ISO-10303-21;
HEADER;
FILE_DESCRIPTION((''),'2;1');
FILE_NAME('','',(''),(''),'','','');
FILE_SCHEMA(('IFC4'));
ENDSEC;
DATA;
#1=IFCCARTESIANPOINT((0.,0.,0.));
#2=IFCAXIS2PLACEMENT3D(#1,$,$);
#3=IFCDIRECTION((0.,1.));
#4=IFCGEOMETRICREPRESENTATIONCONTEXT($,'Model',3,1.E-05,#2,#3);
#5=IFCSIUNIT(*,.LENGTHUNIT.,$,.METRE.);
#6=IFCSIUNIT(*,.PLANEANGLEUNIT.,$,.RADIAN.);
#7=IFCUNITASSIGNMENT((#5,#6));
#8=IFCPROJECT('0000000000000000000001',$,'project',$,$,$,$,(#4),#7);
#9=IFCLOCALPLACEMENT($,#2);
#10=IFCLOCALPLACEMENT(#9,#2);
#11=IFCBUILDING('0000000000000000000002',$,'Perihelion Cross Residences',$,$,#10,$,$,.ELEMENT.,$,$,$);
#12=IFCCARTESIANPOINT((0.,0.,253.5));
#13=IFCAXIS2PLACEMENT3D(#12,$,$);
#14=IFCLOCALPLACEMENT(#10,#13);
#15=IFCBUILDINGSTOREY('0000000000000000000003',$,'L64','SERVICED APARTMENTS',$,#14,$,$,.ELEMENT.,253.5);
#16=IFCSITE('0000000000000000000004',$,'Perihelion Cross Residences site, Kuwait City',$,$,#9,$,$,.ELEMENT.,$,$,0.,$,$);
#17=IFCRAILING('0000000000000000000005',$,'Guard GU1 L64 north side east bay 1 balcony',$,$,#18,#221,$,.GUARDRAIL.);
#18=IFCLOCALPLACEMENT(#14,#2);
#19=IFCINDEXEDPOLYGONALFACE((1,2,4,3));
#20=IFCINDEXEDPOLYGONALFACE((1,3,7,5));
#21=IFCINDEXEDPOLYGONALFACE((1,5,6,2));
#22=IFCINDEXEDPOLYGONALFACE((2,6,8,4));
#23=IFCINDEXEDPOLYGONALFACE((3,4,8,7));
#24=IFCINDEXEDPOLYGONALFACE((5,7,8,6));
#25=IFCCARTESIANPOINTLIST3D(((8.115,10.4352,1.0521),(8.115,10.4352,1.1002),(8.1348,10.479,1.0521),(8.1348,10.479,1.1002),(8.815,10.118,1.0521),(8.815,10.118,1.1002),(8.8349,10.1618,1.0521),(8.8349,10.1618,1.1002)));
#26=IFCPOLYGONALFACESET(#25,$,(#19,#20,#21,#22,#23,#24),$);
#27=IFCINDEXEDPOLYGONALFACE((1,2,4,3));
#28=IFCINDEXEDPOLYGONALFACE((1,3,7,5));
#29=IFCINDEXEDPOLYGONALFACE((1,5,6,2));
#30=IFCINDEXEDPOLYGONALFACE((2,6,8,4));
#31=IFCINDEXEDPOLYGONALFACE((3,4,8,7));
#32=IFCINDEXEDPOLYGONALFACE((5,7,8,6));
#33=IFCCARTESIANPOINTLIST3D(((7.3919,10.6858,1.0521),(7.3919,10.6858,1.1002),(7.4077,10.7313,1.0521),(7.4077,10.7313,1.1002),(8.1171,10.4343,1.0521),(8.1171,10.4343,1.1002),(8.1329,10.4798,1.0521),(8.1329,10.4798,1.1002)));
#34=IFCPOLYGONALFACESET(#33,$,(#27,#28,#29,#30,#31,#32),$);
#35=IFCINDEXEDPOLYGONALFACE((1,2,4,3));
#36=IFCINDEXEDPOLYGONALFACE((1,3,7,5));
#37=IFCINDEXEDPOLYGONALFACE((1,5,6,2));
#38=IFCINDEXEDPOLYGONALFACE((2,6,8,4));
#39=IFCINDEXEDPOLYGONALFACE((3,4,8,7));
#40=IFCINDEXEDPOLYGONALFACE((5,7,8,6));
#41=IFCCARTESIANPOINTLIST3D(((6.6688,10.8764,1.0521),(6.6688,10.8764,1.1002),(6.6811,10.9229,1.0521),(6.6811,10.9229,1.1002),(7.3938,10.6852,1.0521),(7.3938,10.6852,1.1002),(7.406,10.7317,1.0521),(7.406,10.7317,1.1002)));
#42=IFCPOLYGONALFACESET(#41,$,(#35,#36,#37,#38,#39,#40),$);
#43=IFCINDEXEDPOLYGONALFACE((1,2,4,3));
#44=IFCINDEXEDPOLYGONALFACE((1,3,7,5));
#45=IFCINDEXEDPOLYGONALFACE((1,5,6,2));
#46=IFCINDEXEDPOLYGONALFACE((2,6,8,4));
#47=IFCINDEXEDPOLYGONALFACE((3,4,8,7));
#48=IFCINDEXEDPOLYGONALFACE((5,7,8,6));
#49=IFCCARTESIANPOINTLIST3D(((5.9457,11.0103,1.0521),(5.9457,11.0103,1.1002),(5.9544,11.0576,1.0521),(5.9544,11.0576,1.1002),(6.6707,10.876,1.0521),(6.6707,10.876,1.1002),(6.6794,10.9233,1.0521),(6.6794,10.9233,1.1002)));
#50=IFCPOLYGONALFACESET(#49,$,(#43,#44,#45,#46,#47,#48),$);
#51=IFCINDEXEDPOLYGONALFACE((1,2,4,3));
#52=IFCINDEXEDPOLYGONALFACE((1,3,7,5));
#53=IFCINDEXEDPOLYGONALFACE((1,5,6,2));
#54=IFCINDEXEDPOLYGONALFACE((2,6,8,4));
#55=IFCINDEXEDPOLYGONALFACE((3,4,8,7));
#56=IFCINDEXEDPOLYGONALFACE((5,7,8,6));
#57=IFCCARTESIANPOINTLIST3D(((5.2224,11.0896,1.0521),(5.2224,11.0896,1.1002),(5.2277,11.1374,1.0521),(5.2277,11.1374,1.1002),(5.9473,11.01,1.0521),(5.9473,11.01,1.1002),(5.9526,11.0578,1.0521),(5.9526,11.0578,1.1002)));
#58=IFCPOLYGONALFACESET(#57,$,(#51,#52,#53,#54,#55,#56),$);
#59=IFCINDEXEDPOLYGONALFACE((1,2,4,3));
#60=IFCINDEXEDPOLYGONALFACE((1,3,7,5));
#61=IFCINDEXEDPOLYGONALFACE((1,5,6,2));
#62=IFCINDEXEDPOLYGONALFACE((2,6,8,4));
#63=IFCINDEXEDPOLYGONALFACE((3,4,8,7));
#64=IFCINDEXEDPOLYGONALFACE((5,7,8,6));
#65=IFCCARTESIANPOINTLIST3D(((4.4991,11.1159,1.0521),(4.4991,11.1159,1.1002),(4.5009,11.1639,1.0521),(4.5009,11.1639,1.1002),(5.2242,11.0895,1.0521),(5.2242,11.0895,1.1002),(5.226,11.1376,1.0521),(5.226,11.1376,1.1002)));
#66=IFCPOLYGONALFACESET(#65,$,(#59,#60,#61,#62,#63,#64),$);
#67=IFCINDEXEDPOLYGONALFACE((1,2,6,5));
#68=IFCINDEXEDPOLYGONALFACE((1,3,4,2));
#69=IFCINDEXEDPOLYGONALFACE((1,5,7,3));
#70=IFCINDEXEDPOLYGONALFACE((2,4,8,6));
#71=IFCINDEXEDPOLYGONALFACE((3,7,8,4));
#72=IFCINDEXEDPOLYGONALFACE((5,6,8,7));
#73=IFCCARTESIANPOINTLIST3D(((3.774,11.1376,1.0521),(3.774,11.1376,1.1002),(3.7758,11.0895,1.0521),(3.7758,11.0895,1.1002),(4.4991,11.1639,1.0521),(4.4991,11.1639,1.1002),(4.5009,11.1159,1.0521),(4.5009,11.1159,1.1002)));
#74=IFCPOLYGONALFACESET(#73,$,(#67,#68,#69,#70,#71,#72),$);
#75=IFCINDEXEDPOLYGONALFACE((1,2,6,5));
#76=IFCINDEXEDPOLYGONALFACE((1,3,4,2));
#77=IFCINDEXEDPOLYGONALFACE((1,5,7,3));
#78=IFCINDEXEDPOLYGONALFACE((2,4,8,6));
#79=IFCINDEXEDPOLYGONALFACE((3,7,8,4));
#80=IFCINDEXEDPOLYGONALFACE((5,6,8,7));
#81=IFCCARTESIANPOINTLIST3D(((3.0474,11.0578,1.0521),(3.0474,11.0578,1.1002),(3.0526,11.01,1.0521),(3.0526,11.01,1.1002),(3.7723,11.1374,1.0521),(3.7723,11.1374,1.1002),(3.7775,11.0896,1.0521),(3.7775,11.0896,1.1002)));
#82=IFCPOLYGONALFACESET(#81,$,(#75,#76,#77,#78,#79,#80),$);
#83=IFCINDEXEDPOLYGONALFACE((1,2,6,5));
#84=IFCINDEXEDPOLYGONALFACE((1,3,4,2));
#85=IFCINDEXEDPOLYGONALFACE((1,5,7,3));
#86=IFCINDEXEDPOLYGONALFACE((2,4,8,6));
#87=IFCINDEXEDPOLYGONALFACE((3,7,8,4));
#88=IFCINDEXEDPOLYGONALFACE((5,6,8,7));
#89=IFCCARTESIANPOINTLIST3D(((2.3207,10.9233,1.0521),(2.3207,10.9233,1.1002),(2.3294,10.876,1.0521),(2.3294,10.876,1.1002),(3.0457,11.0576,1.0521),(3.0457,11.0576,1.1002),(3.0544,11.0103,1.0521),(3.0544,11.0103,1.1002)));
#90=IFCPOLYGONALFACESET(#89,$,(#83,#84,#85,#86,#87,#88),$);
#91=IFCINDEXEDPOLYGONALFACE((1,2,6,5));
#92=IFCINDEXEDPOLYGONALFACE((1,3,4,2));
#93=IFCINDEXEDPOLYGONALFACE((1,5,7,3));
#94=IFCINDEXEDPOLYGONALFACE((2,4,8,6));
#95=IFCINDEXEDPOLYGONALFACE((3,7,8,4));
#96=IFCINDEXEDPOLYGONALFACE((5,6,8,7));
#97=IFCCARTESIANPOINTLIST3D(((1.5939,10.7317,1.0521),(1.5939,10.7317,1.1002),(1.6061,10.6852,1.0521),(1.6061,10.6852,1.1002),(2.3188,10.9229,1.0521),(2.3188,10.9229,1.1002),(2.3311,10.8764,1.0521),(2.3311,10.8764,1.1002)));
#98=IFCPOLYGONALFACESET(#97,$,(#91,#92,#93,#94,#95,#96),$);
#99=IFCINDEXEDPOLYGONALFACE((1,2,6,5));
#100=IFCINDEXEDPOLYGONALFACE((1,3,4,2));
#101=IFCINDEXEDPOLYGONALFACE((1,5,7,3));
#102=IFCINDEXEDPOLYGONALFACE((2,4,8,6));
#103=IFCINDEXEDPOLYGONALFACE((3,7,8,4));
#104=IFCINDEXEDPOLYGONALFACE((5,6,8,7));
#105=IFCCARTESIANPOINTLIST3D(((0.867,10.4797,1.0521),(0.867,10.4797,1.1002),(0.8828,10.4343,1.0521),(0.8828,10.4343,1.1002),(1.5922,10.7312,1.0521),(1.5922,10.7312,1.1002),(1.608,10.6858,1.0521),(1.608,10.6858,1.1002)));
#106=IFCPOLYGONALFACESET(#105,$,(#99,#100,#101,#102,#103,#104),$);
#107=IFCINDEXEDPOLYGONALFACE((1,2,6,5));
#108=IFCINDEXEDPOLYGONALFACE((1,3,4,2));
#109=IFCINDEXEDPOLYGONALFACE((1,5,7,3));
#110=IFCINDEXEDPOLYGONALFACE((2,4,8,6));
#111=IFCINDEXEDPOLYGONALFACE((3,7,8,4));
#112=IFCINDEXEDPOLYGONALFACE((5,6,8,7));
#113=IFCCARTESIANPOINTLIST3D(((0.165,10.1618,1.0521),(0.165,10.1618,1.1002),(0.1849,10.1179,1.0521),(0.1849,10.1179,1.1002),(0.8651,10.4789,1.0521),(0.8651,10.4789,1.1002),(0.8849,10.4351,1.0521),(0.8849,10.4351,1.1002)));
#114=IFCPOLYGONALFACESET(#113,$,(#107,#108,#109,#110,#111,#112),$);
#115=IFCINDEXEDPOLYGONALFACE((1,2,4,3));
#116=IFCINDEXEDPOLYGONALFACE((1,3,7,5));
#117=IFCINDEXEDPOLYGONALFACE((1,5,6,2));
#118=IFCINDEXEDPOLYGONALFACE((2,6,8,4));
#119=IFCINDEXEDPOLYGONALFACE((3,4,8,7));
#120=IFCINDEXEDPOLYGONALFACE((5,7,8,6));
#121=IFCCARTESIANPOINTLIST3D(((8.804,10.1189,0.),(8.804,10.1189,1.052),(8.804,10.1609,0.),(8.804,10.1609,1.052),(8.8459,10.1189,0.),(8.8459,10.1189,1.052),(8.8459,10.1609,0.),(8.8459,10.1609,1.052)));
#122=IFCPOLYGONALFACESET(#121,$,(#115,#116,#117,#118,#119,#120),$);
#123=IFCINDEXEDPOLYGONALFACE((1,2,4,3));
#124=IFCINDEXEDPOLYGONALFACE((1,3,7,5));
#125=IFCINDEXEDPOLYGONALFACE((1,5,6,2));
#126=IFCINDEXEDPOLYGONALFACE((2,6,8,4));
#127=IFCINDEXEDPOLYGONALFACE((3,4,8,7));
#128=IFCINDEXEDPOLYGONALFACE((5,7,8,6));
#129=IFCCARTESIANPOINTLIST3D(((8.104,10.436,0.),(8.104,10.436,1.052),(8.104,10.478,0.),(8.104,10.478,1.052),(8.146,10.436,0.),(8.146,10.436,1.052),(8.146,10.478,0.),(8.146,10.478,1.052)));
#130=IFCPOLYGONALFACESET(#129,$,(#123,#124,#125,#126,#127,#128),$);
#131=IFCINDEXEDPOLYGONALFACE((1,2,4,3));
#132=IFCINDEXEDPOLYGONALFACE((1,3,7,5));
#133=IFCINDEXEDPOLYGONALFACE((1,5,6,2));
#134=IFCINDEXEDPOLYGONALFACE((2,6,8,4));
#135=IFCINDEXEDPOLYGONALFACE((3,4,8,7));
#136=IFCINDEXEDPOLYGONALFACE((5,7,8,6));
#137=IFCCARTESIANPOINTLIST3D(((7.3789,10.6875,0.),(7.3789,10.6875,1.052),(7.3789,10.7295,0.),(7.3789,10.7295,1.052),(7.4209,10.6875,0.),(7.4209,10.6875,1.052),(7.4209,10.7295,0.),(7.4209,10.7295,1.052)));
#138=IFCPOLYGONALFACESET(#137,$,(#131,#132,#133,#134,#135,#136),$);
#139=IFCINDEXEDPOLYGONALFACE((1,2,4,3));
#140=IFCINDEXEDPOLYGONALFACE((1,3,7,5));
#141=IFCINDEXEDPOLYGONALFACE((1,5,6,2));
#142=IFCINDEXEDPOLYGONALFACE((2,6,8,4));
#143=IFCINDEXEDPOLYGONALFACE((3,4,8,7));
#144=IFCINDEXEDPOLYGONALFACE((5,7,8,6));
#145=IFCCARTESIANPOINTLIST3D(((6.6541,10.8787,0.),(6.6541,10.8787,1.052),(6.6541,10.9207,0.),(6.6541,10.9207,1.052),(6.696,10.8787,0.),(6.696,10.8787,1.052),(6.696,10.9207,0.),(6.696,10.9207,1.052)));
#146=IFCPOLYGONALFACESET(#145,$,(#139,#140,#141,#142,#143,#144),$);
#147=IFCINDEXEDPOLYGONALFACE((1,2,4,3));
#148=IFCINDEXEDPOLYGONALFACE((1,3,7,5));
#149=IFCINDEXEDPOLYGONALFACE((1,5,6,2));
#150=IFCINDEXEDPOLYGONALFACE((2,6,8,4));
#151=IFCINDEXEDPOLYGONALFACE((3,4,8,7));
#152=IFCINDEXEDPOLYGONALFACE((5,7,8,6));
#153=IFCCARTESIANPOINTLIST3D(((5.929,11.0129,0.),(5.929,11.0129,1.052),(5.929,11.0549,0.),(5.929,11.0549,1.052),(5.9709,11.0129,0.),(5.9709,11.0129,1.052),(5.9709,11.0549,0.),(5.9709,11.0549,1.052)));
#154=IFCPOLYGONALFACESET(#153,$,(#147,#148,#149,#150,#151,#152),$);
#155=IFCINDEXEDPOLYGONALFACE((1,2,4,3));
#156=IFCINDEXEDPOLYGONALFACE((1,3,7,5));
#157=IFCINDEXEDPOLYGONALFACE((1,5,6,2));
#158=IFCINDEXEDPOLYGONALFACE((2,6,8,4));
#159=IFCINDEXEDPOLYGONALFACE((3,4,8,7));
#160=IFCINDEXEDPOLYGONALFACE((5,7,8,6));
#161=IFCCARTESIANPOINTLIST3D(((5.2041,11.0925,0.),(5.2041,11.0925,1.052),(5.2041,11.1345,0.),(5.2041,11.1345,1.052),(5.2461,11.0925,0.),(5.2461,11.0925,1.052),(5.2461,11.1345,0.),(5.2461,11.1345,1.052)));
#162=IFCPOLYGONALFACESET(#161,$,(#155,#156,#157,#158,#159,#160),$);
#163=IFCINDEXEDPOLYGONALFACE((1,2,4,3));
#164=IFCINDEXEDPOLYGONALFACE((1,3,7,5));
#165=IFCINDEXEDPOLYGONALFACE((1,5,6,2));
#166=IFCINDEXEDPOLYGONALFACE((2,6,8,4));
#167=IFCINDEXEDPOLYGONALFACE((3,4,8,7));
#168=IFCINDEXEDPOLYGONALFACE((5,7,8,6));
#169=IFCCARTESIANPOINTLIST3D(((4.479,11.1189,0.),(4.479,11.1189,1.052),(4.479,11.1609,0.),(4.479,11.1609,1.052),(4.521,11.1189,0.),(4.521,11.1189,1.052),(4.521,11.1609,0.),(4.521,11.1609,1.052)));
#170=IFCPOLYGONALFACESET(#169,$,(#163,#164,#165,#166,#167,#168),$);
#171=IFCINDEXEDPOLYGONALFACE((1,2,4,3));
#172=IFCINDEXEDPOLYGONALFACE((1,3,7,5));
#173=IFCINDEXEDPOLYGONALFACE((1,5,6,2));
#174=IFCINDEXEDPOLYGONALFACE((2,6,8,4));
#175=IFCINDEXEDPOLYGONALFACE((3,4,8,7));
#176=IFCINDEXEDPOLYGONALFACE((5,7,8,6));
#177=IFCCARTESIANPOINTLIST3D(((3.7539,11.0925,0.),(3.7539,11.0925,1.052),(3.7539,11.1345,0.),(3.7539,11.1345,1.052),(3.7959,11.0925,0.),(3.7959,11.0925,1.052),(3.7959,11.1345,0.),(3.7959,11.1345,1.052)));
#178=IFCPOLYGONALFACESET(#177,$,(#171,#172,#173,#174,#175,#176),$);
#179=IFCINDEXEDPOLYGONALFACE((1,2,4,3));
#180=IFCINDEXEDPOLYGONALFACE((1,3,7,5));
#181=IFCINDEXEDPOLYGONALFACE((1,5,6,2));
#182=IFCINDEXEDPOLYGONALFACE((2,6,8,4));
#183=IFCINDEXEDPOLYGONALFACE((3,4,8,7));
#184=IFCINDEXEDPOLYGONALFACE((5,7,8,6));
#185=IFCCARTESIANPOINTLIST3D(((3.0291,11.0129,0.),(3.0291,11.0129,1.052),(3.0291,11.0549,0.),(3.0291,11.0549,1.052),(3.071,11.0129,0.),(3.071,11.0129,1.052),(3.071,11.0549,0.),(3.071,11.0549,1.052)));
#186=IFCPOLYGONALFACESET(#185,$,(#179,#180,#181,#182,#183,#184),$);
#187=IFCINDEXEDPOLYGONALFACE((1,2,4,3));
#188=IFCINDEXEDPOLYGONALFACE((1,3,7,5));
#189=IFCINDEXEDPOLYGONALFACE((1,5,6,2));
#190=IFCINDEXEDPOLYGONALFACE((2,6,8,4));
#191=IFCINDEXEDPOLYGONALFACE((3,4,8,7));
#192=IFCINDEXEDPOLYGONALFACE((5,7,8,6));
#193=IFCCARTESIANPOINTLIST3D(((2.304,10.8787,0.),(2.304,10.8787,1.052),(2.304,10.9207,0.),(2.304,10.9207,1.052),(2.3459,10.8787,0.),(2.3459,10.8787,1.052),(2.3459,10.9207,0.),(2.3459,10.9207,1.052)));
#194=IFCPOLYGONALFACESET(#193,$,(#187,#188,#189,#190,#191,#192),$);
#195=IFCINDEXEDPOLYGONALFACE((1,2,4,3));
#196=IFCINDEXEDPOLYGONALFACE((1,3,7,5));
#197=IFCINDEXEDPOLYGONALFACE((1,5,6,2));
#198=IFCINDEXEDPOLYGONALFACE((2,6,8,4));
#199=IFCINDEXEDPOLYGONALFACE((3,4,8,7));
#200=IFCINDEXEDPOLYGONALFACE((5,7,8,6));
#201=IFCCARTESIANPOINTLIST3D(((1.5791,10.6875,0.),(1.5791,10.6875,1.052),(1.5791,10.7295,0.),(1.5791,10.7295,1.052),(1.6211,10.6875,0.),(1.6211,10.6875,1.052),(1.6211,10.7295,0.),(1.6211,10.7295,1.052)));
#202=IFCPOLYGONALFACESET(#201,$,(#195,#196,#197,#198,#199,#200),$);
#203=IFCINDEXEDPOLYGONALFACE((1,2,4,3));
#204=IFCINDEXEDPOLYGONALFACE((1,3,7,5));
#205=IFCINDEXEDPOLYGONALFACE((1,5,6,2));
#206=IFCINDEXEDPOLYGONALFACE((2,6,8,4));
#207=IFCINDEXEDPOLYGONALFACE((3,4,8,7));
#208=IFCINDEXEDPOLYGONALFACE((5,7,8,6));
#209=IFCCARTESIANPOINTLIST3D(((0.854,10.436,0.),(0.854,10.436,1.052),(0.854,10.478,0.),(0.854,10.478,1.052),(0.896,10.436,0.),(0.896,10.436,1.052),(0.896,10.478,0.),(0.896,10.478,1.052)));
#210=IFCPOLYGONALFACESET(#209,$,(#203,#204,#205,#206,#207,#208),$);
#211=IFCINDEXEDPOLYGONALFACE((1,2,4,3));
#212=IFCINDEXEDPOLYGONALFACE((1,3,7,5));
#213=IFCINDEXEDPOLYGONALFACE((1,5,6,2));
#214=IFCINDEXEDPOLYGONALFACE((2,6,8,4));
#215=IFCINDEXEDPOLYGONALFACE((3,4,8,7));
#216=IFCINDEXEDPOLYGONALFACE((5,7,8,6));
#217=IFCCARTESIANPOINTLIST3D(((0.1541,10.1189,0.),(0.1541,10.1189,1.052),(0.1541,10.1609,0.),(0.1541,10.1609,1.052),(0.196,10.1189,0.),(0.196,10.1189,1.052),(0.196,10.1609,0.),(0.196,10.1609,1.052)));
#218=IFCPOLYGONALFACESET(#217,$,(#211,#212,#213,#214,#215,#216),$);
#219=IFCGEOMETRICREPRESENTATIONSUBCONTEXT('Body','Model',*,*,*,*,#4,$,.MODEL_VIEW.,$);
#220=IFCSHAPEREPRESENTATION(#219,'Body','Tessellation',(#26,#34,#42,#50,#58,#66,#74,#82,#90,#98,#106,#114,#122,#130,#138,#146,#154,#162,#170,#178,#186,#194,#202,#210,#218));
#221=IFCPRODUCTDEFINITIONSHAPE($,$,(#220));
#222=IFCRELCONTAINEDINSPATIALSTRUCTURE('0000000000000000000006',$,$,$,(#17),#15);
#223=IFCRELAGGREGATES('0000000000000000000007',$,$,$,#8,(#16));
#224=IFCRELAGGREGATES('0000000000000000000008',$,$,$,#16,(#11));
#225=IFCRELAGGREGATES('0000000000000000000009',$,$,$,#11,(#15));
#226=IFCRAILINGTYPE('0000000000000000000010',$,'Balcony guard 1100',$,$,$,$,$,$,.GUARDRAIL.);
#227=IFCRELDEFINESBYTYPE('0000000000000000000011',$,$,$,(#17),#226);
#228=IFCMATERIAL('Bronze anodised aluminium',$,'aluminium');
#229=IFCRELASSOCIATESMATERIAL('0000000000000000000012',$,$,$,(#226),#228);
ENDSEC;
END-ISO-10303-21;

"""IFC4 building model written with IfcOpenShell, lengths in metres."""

from ifc_helpers import new_model, si_unit, direction, frame, origin, origin_2d, place, context, subcontext, project, spatial, rectangle, extrude, material, type_object, element, save


model = new_model("IFC4")

# Units and contexts
model_context = context("Model", 3, precision=1e-05, world=origin(), true_north=direction((0.0, 1.0)))
body_context = subcontext(model_context, "Body", "Model", "MODEL_VIEW")
ifc_project = project(units=[si_unit("LENGTHUNIT", "METRE"), si_unit("PLANEANGLEUNIT", "RADIAN")], contexts=[model_context])

# Site, building, storey
site_placement = place(None, origin())
site = spatial("IfcSite", under=ifc_project, at=site_placement, Name="Perihelion Cross Residences site, Kuwait City", CompositionType="ELEMENT", RefElevation=0.0)
building_placement = place(site_placement, origin())
building = spatial("IfcBuilding", under=site, at=building_placement, Name="Perihelion Cross Residences", CompositionType="ELEMENT")
storey_placement = place(building_placement, frame((0.0, 0.0, 253.5)))
storey = spatial("IfcBuildingStorey", under=building, at=storey_placement, Name="L64", Description="SERVICED APARTMENTS", CompositionType="ELEMENT", Elevation=253.5)

# Railing
ifc_material_1 = material(Name="Bronze anodised aluminium", Category="aluminium")
railing_type = type_object("IfcRailingType", Name="Balcony guard 1100", PredefinedType="GUARDRAIL", material=ifc_material_1)
railing_placement = place(storey_placement, frame((8.825, 10.1399, 0.0)))
element("IfcRailing", 1, at=railing_placement, inside=storey, type_object=railing_type, Name="Guard GU1 L64 north side east bay 1 balcony", PredefinedType="GUARDRAIL", context=body_context, shape_type="SweptSolid", body=[
    extrude(rectangle(XDim=0.0481, YDim=0.0481, at=origin_2d()), frame((0.0, 0.0, 1.0762), z_axis=(-0.910866, 0.412702, 0.0), x_axis=(-0.412702, -0.910866, 0.0)), (0.0, 0.0, 1.0), 0.7686),
    extrude(rectangle(XDim=0.0481, YDim=0.0481, at=origin_2d()), frame((-0.7, 0.3171, 1.0762), z_axis=(-0.944797, 0.327657, 0.0), x_axis=(-0.327657, -0.944797, 0.0)), (0.0, 0.0, 1.0), 0.7676),
    extrude(rectangle(XDim=0.0481, YDim=0.0481, at=origin_2d()), frame((-1.425, 0.5686, 1.0762), z_axis=(-0.966939, 0.255006, 0.0), x_axis=(-0.255006, -0.966939, 0.0)), (0.0, 0.0, 1.0), 0.7498),
    extrude(rectangle(XDim=0.0481, YDim=0.0481, at=origin_2d()), frame((-2.1499, 0.7598, 1.0762), z_axis=(-0.983282, 0.182089, 0.0), x_axis=(-0.182089, -0.983282, 0.0)), (0.0, 0.0, 1.0), 0.7373),
    extrude(rectangle(XDim=0.0481, YDim=0.0481, at=origin_2d()), frame((-2.875, 0.894, 1.0762), z_axis=(-0.994026, 0.109145, 0.0), x_axis=(-0.109145, -0.994026, 0.0)), (0.0, 0.0, 1.0), 0.7292),
    extrude(rectangle(XDim=0.0481, YDim=0.0481, at=origin_2d()), frame((-3.5999, 0.9736, 1.0762), z_axis=(-0.999339, 0.03634, 0.0), x_axis=(-0.03634, -0.999339, 0.0)), (0.0, 0.0, 1.0), 0.7256),
    extrude(rectangle(XDim=0.0481, YDim=0.0481, at=origin_2d()), frame((-4.325, 1.0, 1.0762), z_axis=(-0.999339, -0.03634, 0.0), x_axis=(0.03634, -0.999339, 0.0)), (0.0, 0.0, 1.0), 0.7256),
    extrude(rectangle(XDim=0.0481, YDim=0.0481, at=origin_2d()), frame((-5.05, 0.9736, 1.0762), z_axis=(-0.994026, -0.109145, 0.0), x_axis=(0.109145, -0.994026, 0.0)), (0.0, 0.0, 1.0), 0.7292),
    extrude(rectangle(XDim=0.0481, YDim=0.0481, at=origin_2d()), frame((-5.7749, 0.894, 1.0762), z_axis=(-0.983282, -0.182089, 0.0), x_axis=(0.182089, -0.983282, 0.0)), (0.0, 0.0, 1.0), 0.7373),
    extrude(rectangle(XDim=0.0481, YDim=0.0481, at=origin_2d()), frame((-6.5, 0.7598, 1.0762), z_axis=(-0.966939, -0.255006, 0.0), x_axis=(0.255006, -0.966939, 0.0)), (0.0, 0.0, 1.0), 0.7498),
    extrude(rectangle(XDim=0.0481, YDim=0.0481, at=origin_2d()), frame((-7.2249, 0.5686, 1.0762), z_axis=(-0.944797, -0.327657, 0.0), x_axis=(0.327657, -0.944797, 0.0)), (0.0, 0.0, 1.0), 0.7676),
    extrude(rectangle(XDim=0.0481, YDim=0.0481, at=origin_2d()), frame((-7.95, 0.3171, 1.0762), z_axis=(-0.910866, -0.412702, 0.0), x_axis=(0.412702, -0.910866, 0.0)), (0.0, 0.0, 1.0), 0.7686),
    extrude(rectangle(XDim=0.042, YDim=0.042, at=origin_2d()), origin(), (0.0, 0.0, 1.0), 1.052),
    extrude(rectangle(XDim=0.042, YDim=0.042, at=origin_2d()), frame((-0.7, 0.3171, 0.0)), (0.0, 0.0, 1.0), 1.052),
    extrude(rectangle(XDim=0.042, YDim=0.042, at=origin_2d()), frame((-1.425, 0.5686, 0.0)), (0.0, 0.0, 1.0), 1.052),
    extrude(rectangle(XDim=0.042, YDim=0.042, at=origin_2d()), frame((-2.1499, 0.7598, 0.0)), (0.0, 0.0, 1.0), 1.052),
    extrude(rectangle(XDim=0.042, YDim=0.042, at=origin_2d()), frame((-2.875, 0.894, 0.0)), (0.0, 0.0, 1.0), 1.052),
    extrude(rectangle(XDim=0.042, YDim=0.042, at=origin_2d()), frame((-3.5999, 0.9736, 0.0)), (0.0, 0.0, 1.0), 1.052),
    extrude(rectangle(XDim=0.042, YDim=0.042, at=origin_2d()), frame((-4.325, 1.0, 0.0)), (0.0, 0.0, 1.0), 1.052),
    extrude(rectangle(XDim=0.042, YDim=0.042, at=origin_2d()), frame((-5.05, 0.9736, 0.0)), (0.0, 0.0, 1.0), 1.052),
    extrude(rectangle(XDim=0.042, YDim=0.042, at=origin_2d()), frame((-5.7749, 0.894, 0.0)), (0.0, 0.0, 1.0), 1.052),
    extrude(rectangle(XDim=0.042, YDim=0.042, at=origin_2d()), frame((-6.5, 0.7598, 0.0)), (0.0, 0.0, 1.0), 1.052),
    extrude(rectangle(XDim=0.042, YDim=0.042, at=origin_2d()), frame((-7.2249, 0.5686, 0.0)), (0.0, 0.0, 1.0), 1.052),
    extrude(rectangle(XDim=0.042, YDim=0.042, at=origin_2d()), frame((-7.95, 0.3171, 0.0)), (0.0, 0.0, 1.0), 1.052),
    extrude(rectangle(XDim=0.042, YDim=0.042, at=origin_2d()), frame((-8.6499, 0.0, 0.0)), (0.0, 0.0, 1.0), 1.052),
])

save(model, "model.ifc")
